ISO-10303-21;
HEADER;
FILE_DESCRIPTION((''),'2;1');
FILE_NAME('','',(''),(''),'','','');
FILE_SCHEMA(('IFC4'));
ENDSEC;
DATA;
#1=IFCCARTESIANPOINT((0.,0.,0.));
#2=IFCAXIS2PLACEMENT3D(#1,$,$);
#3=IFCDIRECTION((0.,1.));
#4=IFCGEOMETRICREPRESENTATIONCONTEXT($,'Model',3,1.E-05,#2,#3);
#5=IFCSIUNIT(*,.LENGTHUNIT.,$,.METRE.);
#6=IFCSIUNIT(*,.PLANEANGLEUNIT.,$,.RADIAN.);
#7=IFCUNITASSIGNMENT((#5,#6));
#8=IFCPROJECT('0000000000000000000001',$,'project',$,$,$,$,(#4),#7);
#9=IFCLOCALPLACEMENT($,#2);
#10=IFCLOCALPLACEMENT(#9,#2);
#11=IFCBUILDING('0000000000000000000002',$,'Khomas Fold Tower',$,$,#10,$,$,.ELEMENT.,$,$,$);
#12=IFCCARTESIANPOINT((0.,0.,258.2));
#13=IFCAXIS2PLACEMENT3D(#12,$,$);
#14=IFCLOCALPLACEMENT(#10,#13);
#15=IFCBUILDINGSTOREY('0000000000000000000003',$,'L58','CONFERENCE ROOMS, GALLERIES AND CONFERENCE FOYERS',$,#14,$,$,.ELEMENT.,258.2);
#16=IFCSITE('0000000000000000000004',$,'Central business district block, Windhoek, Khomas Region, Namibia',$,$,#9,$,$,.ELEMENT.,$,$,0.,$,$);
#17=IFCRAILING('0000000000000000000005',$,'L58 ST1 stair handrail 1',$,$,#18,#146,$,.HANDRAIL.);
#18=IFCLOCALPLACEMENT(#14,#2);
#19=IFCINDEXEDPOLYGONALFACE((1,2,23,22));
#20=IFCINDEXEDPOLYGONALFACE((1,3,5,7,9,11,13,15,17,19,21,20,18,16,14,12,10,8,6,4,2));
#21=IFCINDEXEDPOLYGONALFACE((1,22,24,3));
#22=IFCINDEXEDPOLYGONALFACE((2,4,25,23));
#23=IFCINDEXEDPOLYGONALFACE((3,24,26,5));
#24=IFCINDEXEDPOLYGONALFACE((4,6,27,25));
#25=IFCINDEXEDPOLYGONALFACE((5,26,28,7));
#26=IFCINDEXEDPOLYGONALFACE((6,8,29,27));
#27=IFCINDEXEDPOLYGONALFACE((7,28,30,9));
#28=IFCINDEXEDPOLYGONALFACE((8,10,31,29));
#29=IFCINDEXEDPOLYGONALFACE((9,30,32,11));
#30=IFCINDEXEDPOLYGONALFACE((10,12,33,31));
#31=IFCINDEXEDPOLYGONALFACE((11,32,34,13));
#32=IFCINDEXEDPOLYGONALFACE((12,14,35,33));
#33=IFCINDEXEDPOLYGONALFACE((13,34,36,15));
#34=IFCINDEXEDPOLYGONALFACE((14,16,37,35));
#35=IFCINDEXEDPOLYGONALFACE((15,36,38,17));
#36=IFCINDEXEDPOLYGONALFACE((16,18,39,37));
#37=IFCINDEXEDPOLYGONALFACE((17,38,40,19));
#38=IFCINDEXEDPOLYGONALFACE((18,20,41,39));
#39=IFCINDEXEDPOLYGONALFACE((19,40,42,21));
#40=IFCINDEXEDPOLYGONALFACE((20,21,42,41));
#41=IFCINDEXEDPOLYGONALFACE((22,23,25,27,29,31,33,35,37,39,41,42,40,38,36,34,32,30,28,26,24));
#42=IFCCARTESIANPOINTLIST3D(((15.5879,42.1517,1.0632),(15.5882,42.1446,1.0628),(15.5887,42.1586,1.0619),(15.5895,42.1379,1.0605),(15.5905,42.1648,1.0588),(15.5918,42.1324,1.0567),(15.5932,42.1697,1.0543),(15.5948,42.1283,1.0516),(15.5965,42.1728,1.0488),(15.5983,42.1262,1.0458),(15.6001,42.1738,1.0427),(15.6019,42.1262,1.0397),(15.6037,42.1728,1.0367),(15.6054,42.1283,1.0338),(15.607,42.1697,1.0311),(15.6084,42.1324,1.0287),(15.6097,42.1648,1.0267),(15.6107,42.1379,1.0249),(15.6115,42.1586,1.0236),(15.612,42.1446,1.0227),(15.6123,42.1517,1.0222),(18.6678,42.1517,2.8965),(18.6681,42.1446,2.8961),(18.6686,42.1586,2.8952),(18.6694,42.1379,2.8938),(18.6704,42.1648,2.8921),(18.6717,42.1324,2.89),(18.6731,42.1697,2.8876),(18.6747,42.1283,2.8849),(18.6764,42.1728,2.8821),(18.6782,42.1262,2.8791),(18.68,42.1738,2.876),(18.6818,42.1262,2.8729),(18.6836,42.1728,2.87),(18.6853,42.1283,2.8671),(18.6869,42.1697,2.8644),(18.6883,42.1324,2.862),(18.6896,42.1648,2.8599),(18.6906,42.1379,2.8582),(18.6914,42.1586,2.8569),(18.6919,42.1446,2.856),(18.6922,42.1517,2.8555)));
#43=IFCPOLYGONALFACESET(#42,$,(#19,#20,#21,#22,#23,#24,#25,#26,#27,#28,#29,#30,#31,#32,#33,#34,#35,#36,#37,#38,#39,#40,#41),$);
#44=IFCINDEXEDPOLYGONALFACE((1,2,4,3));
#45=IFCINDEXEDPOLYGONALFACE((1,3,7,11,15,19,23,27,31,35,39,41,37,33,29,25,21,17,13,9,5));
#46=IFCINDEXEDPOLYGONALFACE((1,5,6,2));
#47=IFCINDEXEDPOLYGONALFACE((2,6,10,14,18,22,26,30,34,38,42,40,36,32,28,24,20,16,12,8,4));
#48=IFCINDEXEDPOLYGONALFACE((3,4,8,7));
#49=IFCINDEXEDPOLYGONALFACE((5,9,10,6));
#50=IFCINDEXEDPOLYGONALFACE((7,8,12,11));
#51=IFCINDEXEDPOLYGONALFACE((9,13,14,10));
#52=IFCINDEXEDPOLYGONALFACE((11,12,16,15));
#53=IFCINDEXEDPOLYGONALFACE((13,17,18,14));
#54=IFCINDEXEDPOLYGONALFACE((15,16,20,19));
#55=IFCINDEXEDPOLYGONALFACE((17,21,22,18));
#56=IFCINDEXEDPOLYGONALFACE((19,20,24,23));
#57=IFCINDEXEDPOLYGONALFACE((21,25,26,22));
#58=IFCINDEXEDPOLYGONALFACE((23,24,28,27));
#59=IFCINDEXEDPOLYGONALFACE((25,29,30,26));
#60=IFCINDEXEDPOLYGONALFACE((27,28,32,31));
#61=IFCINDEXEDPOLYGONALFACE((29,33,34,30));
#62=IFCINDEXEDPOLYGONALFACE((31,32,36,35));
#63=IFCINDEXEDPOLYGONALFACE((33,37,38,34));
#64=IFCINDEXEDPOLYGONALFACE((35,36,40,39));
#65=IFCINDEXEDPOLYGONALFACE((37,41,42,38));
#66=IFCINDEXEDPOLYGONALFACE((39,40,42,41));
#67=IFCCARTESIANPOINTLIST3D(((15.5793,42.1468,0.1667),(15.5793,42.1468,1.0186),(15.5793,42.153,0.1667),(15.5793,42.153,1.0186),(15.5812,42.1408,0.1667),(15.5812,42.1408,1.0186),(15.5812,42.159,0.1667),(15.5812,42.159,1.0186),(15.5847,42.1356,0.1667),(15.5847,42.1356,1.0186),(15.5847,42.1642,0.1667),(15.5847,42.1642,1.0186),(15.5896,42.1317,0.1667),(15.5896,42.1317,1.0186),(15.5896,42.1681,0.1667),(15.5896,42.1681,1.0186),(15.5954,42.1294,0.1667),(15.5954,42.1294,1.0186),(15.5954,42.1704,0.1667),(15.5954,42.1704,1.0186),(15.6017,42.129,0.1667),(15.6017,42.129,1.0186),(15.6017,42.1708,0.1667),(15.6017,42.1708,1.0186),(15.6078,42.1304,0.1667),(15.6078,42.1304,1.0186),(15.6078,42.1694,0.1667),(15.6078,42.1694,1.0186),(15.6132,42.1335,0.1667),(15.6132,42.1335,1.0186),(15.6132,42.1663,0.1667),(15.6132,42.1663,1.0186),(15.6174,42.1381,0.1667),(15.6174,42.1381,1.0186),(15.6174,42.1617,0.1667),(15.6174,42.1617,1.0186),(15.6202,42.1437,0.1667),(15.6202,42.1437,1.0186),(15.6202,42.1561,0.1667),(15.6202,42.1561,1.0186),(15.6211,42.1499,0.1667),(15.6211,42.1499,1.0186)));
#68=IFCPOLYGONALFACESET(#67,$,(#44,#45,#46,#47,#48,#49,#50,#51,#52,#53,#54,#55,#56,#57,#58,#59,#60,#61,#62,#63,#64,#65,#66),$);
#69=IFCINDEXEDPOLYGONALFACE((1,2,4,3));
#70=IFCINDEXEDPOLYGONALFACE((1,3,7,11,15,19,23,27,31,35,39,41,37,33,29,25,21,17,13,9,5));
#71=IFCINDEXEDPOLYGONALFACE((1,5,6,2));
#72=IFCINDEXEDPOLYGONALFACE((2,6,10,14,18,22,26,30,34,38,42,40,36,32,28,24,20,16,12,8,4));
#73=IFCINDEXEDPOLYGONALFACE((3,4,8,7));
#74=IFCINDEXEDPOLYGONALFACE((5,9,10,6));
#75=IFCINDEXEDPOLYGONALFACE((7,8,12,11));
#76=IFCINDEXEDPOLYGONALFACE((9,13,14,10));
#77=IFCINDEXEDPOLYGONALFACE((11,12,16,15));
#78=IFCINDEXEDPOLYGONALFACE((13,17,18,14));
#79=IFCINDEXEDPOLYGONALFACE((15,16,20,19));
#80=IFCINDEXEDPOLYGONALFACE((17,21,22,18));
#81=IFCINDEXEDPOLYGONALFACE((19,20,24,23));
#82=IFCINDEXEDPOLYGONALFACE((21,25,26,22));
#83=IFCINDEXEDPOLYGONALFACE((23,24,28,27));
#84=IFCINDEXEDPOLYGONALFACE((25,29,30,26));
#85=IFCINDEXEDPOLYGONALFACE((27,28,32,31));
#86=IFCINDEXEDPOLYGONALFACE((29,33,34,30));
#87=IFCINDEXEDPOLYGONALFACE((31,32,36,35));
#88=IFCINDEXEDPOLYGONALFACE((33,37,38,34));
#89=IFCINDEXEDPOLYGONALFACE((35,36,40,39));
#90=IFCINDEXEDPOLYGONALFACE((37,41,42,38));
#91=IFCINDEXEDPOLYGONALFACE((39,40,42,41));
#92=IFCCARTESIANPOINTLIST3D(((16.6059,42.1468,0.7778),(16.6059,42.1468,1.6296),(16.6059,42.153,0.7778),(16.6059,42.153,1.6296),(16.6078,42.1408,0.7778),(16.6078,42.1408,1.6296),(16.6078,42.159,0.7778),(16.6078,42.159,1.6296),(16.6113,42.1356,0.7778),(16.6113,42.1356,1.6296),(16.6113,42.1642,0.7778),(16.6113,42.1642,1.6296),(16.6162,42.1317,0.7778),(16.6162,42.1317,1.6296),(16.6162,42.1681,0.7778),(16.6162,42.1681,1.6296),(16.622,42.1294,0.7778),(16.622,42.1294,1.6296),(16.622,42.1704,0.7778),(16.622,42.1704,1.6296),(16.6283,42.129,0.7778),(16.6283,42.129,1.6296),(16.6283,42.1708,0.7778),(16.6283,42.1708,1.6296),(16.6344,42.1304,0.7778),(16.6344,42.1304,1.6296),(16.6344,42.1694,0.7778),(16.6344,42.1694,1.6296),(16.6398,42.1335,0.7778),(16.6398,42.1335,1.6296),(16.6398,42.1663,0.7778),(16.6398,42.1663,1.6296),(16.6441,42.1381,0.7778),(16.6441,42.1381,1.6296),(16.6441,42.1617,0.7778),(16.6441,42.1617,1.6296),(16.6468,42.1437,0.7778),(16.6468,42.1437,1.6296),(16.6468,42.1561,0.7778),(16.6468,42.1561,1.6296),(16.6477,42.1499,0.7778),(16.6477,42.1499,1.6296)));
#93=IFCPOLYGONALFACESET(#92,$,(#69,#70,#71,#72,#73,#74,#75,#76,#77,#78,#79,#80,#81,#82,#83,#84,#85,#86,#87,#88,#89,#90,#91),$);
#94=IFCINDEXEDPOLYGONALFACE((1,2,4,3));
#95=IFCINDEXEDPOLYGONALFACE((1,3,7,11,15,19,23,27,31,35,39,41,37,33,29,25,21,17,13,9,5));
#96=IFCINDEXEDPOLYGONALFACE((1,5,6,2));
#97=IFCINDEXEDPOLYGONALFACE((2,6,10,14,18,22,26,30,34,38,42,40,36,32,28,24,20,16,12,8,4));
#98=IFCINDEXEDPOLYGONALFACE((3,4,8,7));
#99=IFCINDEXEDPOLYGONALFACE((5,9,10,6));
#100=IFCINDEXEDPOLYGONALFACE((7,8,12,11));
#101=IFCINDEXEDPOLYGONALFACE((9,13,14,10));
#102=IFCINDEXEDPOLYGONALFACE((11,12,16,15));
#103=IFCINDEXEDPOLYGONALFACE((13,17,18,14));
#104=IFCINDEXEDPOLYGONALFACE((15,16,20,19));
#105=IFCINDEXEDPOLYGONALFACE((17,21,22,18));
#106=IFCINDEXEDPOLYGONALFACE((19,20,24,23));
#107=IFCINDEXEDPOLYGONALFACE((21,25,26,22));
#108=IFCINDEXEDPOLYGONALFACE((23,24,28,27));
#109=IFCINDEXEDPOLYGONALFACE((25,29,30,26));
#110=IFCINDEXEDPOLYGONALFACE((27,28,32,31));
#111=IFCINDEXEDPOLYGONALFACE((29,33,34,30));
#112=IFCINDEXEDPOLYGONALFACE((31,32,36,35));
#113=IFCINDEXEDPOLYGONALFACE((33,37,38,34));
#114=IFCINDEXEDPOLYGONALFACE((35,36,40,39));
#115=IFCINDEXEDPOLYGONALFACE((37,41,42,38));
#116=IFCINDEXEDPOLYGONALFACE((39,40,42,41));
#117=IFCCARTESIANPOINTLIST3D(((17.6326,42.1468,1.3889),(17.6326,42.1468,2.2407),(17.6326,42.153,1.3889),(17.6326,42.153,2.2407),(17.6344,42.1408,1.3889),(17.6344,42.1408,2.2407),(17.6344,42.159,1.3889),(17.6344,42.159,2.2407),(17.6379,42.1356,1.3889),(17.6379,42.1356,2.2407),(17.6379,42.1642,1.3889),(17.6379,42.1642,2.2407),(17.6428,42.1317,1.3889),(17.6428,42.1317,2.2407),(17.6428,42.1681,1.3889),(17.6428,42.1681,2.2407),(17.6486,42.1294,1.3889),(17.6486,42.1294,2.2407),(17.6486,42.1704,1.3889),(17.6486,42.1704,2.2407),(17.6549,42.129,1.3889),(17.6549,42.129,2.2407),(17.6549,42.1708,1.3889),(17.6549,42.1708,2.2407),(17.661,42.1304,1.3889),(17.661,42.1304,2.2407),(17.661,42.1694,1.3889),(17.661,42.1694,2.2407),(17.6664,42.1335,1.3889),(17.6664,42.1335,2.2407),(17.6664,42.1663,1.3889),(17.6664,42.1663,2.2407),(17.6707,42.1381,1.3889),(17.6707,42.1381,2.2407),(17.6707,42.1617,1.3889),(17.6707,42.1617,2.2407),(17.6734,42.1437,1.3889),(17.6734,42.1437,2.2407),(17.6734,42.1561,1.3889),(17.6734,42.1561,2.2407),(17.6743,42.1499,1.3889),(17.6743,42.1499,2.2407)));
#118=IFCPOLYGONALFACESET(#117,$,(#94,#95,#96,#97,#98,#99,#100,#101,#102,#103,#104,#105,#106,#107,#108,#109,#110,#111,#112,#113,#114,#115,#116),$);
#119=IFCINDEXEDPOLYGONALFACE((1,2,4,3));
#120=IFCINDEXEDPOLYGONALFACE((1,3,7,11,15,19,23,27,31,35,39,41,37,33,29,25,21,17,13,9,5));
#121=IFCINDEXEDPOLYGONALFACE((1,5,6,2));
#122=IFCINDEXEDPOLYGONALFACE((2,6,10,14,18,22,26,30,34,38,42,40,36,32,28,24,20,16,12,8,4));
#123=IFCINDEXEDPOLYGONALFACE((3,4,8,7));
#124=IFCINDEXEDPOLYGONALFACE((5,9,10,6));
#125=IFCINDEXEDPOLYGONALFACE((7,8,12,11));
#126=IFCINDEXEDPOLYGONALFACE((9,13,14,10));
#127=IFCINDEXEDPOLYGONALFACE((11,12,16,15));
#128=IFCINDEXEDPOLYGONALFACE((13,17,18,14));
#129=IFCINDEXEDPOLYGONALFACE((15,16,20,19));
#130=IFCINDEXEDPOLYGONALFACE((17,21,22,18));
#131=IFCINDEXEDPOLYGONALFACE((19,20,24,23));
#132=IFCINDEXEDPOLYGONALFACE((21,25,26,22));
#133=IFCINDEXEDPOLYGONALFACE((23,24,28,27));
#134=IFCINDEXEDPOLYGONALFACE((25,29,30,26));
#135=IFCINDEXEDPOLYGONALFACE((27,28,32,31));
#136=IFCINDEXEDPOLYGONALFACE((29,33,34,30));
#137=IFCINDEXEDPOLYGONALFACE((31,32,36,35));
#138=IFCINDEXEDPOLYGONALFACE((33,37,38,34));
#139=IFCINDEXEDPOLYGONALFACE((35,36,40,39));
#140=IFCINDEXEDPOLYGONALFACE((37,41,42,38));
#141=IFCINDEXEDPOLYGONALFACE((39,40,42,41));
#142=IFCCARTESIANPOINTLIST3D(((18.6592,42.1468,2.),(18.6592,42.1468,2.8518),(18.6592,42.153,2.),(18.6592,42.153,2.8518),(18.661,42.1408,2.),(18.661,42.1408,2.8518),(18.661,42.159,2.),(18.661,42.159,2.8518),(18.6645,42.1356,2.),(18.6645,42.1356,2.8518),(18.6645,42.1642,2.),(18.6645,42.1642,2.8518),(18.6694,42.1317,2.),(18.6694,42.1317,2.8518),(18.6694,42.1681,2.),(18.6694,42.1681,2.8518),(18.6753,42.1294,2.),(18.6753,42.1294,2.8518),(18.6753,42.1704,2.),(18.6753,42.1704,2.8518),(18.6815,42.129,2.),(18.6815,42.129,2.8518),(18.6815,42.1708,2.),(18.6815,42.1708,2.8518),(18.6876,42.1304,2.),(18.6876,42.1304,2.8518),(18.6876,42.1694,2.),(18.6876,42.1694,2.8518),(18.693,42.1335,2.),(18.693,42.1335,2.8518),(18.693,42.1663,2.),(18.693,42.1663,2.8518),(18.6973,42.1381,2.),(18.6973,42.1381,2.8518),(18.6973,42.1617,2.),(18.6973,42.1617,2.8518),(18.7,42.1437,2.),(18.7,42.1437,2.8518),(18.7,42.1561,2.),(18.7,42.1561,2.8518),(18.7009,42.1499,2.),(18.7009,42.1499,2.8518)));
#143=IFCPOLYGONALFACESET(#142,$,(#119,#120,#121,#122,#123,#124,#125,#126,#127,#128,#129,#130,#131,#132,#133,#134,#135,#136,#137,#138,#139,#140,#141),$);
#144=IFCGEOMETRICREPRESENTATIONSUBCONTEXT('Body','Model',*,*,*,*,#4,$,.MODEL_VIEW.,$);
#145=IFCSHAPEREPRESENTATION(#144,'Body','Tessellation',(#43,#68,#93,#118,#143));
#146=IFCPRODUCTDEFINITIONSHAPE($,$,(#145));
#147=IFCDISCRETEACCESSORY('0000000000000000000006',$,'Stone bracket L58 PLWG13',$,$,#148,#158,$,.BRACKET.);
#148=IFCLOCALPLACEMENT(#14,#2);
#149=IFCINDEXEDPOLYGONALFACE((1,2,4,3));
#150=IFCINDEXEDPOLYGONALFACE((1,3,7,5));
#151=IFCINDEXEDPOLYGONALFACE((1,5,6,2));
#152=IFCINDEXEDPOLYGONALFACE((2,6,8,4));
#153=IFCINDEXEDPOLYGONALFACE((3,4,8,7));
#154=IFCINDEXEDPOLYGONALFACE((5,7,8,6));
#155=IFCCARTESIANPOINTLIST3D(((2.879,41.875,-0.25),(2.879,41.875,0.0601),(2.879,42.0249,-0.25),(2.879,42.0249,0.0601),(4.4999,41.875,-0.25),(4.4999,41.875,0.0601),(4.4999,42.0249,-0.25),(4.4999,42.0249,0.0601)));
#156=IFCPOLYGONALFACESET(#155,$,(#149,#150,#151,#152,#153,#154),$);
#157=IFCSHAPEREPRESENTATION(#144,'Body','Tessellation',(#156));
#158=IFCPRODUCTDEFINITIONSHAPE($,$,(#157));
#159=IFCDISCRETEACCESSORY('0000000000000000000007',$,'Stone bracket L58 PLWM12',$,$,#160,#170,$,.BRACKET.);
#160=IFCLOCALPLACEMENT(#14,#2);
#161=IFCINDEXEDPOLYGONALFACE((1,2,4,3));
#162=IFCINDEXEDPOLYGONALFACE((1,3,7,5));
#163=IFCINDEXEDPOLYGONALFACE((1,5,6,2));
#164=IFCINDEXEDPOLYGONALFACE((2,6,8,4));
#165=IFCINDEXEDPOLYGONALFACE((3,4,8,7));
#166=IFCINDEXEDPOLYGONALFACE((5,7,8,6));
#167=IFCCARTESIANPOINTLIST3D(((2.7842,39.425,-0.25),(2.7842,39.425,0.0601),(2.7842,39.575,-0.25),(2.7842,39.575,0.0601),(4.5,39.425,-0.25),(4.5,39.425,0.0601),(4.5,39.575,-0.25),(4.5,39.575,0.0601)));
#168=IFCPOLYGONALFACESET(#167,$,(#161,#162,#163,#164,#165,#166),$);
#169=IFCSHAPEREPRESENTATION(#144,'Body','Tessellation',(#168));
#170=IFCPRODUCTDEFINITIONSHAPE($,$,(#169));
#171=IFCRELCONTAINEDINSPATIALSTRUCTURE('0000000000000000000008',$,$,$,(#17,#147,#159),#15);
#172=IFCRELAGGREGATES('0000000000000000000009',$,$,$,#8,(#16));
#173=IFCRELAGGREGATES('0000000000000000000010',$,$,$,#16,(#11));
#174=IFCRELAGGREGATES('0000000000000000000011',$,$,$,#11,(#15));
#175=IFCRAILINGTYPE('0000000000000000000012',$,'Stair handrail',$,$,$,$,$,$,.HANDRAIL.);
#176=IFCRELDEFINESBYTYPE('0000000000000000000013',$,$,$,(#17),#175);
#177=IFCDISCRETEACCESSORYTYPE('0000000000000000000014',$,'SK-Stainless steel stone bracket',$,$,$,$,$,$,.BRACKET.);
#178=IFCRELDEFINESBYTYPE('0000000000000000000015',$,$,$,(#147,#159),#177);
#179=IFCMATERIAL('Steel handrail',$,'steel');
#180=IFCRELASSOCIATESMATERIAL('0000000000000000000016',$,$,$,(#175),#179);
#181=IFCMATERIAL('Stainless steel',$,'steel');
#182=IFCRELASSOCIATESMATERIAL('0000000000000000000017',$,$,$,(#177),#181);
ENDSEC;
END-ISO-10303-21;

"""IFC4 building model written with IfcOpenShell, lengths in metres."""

from ifc_helpers import new_model, si_unit, direction, frame, origin, origin_2d, place, context, subcontext, project, spatial, rectangle, circle, extrude, source, transform, mapped, material, type_object, element, save


model = new_model("IFC4")

# Units and contexts
model_context = context("Model", 3, precision=1e-05, world=origin(), true_north=direction((0.0, 1.0)))
body_context = subcontext(model_context, "Body", "Model", "MODEL_VIEW")
ifc_project = project(units=[si_unit("LENGTHUNIT", "METRE"), si_unit("PLANEANGLEUNIT", "RADIAN")], contexts=[model_context])

# Site, building, storey
site_placement = place(None, origin())
site = spatial("IfcSite", under=ifc_project, at=site_placement, Name="Central business district block, Windhoek, Khomas Region, Namibia", CompositionType="ELEMENT", RefElevation=0.0)
building_placement = place(site_placement, origin())
building = spatial("IfcBuilding", under=site, at=building_placement, Name="Khomas Fold Tower", CompositionType="ELEMENT")
storey_placement = place(building_placement, frame((0.0, 0.0, 258.2)))
storey = spatial("IfcBuildingStorey", under=building, at=storey_placement, Name="L58", Description="CONFERENCE ROOMS, GALLERIES AND CONFERENCE FOYERS", CompositionType="ELEMENT", Elevation=258.2)

# Railing
ifc_material_1 = material(Name="Steel handrail", Category="steel")
railing_type_1 = type_object("IfcRailingType", Name="Stair handrail", PredefinedType="HANDRAIL", material=ifc_material_1)
shared_shape_1 = source(origin(), body_context, "Body", "SweptSolid", [
    extrude(circle(Radius=0.0239, at=origin_2d()), frame((0.0, 0.0, 0.876), z_axis=(0.859291, 0.0, 0.511487), x_axis=(0.0, 1.0, 0.0)), (0.0, 0.0, 1.0), 3.5842),
    extrude(circle(Radius=0.021, at=origin_2d()), origin(), (0.0, 0.0, 1.0), 0.8518),
    extrude(circle(Radius=0.021, at=origin_2d()), frame((1.0266, 0.0, 0.6111)), (0.0, 0.0, 1.0), 0.8518),
    extrude(circle(Radius=0.021, at=origin_2d()), frame((2.0532, 0.0, 1.2222)), (0.0, 0.0, 1.0), 0.8518),
    extrude(circle(Radius=0.021, at=origin_2d()), frame((3.0798, 0.0, 1.8333)), (0.0, 0.0, 1.0), 0.8518),
])
railing_1_placement = place(storey_placement, frame((15.6001, 42.1499, 0.1667)))
element("IfcRailing", 1, at=railing_1_placement, inside=storey, type_object=railing_type_1, Name="L58 ST1 stair handrail 1", PredefinedType="HANDRAIL", context=body_context, shape_type="MappedRepresentation", body=[
    mapped(shared_shape_1, transform((0.0, 0.0, 0.0))),
])

# Discrete accessories
ifc_material_2 = material(Name="Stainless steel", Category="steel")
discrete_accessory_type = type_object("IfcDiscreteAccessoryType", Name="SK-Stainless steel stone bracket", PredefinedType="BRACKET", material=ifc_material_2)
shared_shape_2 = source(origin(), body_context, "Body", "SweptSolid", [
    extrude(rectangle(XDim=1.6208, YDim=0.1499, at=origin_2d()), origin(), (0.0, 0.0, 1.0), 0.3101),
])
discrete_accessory_1_placement = place(storey_placement, frame((3.6895, 41.95, -0.25), z_axis=(0.0, 0.0, 1.0), x_axis=(-1.0, 0.0, 0.0)))
element("IfcDiscreteAccessory", 2, at=discrete_accessory_1_placement, inside=storey, type_object=discrete_accessory_type, Name="Stone bracket L58 PLWG13", PredefinedType="BRACKET", context=body_context, shape_type="MappedRepresentation", body=[
    mapped(shared_shape_2, transform((0.0, 0.0, 0.0))),
])
shared_shape_3 = source(origin(), body_context, "Body", "SweptSolid", [
    extrude(rectangle(XDim=1.7158, YDim=0.1499, at=origin_2d()), origin(), (0.0, 0.0, 1.0), 0.3101),
])
discrete_accessory_2_placement = place(storey_placement, frame((3.6421, 39.5, -0.25), z_axis=(0.0, 0.0, 1.0), x_axis=(-1.0, 0.0, 0.0)))
element("IfcDiscreteAccessory", 3, at=discrete_accessory_2_placement, inside=storey, type_object=discrete_accessory_type, Name="Stone bracket L58 PLWM12", PredefinedType="BRACKET", context=body_context, shape_type="MappedRepresentation", body=[
    mapped(shared_shape_3, transform((0.0, 0.0, 0.0))),
])

save(model, "model.ifc")
